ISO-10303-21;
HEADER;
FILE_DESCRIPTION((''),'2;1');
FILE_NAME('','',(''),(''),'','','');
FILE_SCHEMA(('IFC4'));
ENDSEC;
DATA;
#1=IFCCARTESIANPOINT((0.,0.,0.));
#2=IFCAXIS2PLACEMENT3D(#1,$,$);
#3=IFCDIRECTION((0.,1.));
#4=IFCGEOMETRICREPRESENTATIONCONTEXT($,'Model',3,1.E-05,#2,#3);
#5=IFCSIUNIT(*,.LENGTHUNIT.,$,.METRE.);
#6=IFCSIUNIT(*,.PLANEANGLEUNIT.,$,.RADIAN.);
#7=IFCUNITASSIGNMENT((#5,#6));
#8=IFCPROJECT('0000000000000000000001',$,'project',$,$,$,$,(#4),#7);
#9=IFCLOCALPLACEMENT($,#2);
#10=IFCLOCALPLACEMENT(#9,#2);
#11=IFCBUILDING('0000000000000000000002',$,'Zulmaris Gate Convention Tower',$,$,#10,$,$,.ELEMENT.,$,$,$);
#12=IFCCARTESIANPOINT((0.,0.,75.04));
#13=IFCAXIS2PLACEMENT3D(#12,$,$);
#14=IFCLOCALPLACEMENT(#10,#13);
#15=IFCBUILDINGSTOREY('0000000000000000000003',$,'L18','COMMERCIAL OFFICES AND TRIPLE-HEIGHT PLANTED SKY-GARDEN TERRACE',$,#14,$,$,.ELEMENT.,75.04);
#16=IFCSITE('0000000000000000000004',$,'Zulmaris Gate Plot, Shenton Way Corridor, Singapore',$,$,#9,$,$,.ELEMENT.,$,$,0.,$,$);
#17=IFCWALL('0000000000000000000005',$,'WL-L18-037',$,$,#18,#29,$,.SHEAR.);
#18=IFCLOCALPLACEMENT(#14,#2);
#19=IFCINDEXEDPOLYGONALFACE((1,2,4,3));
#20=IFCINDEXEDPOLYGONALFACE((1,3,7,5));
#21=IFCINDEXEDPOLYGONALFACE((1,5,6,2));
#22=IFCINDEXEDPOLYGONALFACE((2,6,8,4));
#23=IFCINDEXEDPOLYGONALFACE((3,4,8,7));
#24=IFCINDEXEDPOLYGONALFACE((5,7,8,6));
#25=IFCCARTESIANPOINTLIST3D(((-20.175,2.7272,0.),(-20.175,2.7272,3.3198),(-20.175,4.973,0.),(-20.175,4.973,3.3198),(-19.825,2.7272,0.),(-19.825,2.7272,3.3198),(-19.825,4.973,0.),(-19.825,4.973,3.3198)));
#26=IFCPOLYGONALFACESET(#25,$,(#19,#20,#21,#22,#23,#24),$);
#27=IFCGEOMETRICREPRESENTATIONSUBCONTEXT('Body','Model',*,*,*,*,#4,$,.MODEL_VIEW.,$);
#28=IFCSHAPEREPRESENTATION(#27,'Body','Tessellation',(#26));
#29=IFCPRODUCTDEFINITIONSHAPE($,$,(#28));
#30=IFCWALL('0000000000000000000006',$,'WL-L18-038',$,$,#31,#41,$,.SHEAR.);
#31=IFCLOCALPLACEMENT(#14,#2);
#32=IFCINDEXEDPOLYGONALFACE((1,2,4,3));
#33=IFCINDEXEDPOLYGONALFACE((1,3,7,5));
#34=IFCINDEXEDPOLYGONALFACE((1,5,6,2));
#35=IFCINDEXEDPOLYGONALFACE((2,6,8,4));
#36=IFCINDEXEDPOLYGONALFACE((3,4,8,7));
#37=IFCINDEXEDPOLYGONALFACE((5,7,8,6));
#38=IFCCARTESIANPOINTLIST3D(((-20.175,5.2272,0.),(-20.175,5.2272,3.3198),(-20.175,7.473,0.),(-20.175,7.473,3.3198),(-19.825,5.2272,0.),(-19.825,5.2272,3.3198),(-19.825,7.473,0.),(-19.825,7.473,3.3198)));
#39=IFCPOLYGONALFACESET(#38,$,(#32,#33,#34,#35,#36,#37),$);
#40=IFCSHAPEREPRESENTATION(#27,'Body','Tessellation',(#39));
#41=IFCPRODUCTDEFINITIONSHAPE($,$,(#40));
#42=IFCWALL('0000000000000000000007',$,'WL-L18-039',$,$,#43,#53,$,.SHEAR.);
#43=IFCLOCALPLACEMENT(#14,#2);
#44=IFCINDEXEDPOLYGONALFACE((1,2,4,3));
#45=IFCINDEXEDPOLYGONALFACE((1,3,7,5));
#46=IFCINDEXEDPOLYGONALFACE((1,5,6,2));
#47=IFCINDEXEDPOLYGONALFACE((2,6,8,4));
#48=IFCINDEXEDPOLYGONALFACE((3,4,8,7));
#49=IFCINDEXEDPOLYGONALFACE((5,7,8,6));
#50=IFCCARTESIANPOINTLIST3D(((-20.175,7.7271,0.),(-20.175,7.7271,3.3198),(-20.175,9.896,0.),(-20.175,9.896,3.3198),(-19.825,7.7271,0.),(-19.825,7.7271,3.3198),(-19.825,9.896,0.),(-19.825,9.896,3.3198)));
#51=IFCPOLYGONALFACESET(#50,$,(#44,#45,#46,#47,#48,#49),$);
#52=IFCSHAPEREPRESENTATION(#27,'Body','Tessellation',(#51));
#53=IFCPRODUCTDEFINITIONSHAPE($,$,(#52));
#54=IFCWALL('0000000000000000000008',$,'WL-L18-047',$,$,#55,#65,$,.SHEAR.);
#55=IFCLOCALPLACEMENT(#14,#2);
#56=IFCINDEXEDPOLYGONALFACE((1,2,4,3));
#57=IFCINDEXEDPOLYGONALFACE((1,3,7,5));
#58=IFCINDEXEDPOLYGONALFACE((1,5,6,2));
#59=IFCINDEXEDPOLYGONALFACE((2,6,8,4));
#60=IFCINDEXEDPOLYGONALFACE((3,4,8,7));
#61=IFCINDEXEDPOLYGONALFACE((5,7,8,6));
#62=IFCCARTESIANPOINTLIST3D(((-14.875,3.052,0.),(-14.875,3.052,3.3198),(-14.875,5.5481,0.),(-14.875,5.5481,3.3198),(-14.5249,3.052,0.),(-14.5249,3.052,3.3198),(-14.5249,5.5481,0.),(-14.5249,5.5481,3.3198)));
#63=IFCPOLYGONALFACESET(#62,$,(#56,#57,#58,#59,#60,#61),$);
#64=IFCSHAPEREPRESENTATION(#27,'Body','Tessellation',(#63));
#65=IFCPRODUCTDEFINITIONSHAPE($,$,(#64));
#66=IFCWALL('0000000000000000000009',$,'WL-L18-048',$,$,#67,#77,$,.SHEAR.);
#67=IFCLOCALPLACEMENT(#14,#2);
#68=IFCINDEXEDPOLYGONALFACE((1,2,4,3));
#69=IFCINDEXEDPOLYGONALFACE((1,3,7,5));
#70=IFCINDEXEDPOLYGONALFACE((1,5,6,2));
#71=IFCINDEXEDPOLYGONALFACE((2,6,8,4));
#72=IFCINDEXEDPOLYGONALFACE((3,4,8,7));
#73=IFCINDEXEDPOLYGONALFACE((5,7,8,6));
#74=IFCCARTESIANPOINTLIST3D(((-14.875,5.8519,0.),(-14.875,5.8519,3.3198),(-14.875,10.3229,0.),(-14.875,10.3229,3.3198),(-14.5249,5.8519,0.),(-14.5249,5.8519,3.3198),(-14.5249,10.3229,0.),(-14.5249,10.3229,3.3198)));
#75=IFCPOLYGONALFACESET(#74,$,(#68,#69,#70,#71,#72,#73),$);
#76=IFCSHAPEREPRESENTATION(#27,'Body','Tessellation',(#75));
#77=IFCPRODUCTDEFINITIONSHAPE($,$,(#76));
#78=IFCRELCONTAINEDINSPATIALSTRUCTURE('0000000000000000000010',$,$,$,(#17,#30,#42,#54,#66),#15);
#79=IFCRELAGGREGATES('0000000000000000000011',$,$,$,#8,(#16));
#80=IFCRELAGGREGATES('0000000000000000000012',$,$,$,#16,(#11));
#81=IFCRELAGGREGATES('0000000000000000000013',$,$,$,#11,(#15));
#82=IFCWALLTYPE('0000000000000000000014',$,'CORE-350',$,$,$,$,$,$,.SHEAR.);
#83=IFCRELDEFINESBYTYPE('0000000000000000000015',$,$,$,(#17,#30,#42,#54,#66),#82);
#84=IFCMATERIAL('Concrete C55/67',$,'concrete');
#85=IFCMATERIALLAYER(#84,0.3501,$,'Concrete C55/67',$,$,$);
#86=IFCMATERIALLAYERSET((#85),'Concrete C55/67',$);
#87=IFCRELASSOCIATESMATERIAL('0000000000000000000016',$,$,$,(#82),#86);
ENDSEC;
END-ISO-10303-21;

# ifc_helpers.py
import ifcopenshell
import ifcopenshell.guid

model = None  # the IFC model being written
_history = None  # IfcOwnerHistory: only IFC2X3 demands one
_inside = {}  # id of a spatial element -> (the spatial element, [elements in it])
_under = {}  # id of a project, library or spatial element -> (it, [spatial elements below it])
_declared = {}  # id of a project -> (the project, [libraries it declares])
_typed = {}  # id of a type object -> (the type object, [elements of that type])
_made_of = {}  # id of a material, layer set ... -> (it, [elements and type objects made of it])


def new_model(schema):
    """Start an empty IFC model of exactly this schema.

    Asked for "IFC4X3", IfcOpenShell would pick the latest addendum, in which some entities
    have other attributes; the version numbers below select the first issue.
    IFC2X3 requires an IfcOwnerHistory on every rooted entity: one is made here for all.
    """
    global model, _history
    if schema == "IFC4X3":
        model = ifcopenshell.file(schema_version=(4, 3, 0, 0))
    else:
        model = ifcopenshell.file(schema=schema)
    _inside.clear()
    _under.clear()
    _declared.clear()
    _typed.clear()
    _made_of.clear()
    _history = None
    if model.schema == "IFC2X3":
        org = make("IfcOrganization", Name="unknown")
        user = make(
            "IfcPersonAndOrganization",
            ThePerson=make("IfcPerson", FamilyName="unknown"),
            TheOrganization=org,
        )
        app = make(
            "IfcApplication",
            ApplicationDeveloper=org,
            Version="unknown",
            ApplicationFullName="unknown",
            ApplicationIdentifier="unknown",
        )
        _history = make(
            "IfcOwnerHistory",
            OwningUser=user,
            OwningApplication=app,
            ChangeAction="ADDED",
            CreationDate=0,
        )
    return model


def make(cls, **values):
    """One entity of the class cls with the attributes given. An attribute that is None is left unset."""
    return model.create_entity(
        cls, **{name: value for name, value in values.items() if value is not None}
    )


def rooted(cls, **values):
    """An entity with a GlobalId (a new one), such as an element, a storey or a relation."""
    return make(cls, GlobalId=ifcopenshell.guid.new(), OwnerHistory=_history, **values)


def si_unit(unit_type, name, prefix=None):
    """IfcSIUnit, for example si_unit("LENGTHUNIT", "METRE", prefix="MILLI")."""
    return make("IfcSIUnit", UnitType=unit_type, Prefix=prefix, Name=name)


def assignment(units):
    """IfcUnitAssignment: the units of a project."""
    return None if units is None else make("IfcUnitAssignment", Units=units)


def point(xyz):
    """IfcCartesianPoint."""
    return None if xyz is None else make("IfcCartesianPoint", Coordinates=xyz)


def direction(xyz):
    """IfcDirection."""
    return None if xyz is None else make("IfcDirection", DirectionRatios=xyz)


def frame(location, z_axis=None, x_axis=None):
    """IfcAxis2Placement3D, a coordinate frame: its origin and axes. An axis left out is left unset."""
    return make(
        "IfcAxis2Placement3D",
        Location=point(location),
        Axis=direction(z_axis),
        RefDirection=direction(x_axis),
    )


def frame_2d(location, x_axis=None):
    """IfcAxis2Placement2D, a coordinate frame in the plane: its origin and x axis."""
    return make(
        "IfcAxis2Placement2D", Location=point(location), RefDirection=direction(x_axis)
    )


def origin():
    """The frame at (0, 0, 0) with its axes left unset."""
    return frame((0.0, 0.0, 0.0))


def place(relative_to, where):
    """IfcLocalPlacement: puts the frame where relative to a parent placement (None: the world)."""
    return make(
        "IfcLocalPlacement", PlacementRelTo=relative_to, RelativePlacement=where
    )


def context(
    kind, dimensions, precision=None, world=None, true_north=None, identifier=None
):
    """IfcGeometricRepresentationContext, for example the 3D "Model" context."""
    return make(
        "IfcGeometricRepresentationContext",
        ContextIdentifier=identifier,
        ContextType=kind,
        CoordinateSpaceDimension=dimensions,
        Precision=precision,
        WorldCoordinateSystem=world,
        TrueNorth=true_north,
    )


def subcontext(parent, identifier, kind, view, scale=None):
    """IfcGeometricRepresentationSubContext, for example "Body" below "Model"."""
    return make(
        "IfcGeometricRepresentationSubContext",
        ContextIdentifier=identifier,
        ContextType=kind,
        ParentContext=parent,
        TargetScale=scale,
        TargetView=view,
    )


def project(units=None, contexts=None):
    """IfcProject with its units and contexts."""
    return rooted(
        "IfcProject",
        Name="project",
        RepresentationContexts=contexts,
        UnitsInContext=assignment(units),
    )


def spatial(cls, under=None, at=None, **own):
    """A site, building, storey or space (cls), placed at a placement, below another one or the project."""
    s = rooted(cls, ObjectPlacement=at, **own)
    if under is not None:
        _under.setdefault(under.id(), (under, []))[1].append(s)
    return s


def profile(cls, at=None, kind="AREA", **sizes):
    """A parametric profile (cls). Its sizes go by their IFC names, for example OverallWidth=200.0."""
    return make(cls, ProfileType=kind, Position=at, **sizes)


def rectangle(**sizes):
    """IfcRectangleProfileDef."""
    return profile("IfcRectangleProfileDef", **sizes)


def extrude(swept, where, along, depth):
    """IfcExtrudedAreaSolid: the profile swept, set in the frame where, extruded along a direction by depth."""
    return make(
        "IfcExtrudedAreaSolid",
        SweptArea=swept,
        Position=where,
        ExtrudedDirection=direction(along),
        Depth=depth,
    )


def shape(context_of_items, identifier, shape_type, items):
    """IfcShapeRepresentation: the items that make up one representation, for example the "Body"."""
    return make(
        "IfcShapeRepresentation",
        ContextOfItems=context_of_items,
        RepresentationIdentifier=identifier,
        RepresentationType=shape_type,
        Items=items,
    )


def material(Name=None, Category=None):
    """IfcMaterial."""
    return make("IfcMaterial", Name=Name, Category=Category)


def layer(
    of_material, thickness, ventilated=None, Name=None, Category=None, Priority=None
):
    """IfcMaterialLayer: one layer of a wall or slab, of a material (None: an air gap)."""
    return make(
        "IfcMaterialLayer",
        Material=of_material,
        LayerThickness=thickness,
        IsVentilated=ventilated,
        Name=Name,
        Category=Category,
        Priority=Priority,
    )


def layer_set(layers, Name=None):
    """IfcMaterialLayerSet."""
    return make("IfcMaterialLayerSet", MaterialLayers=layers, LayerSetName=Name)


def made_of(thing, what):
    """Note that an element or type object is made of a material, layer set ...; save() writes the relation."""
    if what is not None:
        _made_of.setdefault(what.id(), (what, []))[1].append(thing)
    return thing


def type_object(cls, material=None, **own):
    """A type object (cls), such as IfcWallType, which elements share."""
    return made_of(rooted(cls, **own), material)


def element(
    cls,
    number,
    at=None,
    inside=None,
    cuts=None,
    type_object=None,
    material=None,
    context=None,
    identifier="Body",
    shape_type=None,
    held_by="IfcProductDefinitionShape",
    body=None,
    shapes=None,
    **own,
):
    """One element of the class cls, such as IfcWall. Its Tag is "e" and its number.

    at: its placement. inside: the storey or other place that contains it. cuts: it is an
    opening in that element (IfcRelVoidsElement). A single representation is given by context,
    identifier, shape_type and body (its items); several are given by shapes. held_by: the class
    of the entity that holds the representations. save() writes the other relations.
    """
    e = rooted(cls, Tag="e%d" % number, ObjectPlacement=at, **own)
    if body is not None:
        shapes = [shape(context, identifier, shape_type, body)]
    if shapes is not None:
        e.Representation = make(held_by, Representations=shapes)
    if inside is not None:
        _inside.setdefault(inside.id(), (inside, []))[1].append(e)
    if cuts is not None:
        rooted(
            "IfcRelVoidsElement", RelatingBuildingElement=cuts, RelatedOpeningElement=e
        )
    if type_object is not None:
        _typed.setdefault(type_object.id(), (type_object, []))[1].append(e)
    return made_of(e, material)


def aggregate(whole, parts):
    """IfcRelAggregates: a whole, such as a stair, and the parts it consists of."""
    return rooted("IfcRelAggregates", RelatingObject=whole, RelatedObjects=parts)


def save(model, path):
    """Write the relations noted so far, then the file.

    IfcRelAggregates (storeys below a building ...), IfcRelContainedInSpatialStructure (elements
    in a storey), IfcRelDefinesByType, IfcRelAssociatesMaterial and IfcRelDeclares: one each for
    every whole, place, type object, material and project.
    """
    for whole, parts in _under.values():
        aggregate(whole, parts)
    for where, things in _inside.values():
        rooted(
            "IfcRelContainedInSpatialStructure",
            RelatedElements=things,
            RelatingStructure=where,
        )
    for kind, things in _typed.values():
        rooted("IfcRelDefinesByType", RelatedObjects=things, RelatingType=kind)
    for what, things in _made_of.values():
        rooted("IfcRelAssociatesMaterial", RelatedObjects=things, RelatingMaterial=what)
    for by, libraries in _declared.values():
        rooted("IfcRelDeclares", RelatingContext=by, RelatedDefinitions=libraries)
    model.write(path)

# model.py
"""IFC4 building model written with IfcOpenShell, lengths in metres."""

from ifc_helpers import new_model, si_unit, direction, frame, frame_2d, origin, place, context, subcontext, project, spatial, rectangle, extrude, material, layer, layer_set, type_object, element, save


model = new_model("IFC4")

# Units and contexts
model_context = context("Model", 3, precision=1e-05, world=origin(), true_north=direction((0.0, 1.0)))
body_context = subcontext(model_context, "Body", "Model", "MODEL_VIEW")
ifc_project = project(units=[si_unit("LENGTHUNIT", "METRE"), si_unit("PLANEANGLEUNIT", "RADIAN")], contexts=[model_context])

# Site, building, storey
site_placement = place(None, origin())
site = spatial("IfcSite", under=ifc_project, at=site_placement, Name="Zulmaris Gate Plot, Shenton Way Corridor, Singapore", CompositionType="ELEMENT", RefElevation=0.0)
building_placement = place(site_placement, origin())
building = spatial("IfcBuilding", under=site, at=building_placement, Name="Zulmaris Gate Convention Tower", CompositionType="ELEMENT")
storey_placement = place(building_placement, frame((0.0, 0.0, 75.04)))
storey = spatial("IfcBuildingStorey", under=building, at=storey_placement, Name="L18", Description="COMMERCIAL OFFICES AND TRIPLE-HEIGHT PLANTED SKY-GARDEN TERRACE", CompositionType="ELEMENT", Elevation=75.04)

# Walls
ifc_material_1 = material(Name="Concrete C55/67", Category="concrete")
ifc_layer_1 = layer(ifc_material_1, 0.3501, Name="Concrete C55/67")
ifc_layer_set_1 = layer_set([ifc_layer_1], Name="Concrete C55/67")
wall_type_1 = type_object("IfcWallType", Name="CORE-350", PredefinedType="SHEAR", material=ifc_layer_set_1)
for number, where, z_axis, x_axis, name in (
    (1, (-20.0, 2.7271, 0.0), (0.0, 0.0, 1.0), (0.0, 1.0, 0.0), "WL-L18-037"),
    (2, (-20.0, 5.2271, 0.0), (0.0, 0.0, 1.0), (0.0, 1.0, 0.0), "WL-L18-038"),
):
    element("IfcWall", number, at=place(storey_placement, frame(where, z_axis=z_axis, x_axis=x_axis)), inside=storey, type_object=wall_type_1, Name=name, PredefinedType="SHEAR", context=body_context, shape_type="SweptSolid", body=[
        extrude(rectangle(XDim=2.2458, YDim=0.3501, at=frame_2d((1.123, 0.0))), origin(), (0.0, 0.0, 1.0), 3.3198),
    ])
wall_1_placement = place(storey_placement, frame((-20.0, 7.7271, 0.0), z_axis=(0.0, 0.0, 1.0), x_axis=(0.0, 1.0, 0.0)))
element("IfcWall", 3, at=wall_1_placement, inside=storey, type_object=wall_type_1, Name="WL-L18-039", PredefinedType="SHEAR", context=body_context, shape_type="SweptSolid", body=[
    extrude(rectangle(XDim=2.1689, YDim=0.3501, at=frame_2d((1.0845, 0.0))), origin(), (0.0, 0.0, 1.0), 3.3198),
])
wall_2_placement = place(storey_placement, frame((-14.7, 3.052, 0.0), z_axis=(0.0, 0.0, 1.0), x_axis=(0.0, 1.0, 0.0)))
element("IfcWall", 4, at=wall_2_placement, inside=storey, type_object=wall_type_1, Name="WL-L18-047", PredefinedType="SHEAR", context=body_context, shape_type="SweptSolid", body=[
    extrude(rectangle(XDim=2.4961, YDim=0.3501, at=frame_2d((1.248, 0.0))), origin(), (0.0, 0.0, 1.0), 3.3198),
])
wall_3_placement = place(storey_placement, frame((-14.7, 5.8521, 0.0), z_axis=(0.0, 0.0, 1.0), x_axis=(0.0, 1.0, 0.0)))
element("IfcWall", 5, at=wall_3_placement, inside=storey, type_object=wall_type_1, Name="WL-L18-048", PredefinedType="SHEAR", context=body_context, shape_type="SweptSolid", body=[
    extrude(rectangle(XDim=4.4709, YDim=0.3501, at=frame_2d((2.2354, 0.0))), origin(), (0.0, 0.0, 1.0), 3.3198),
])

save(model, "model.ifc")
